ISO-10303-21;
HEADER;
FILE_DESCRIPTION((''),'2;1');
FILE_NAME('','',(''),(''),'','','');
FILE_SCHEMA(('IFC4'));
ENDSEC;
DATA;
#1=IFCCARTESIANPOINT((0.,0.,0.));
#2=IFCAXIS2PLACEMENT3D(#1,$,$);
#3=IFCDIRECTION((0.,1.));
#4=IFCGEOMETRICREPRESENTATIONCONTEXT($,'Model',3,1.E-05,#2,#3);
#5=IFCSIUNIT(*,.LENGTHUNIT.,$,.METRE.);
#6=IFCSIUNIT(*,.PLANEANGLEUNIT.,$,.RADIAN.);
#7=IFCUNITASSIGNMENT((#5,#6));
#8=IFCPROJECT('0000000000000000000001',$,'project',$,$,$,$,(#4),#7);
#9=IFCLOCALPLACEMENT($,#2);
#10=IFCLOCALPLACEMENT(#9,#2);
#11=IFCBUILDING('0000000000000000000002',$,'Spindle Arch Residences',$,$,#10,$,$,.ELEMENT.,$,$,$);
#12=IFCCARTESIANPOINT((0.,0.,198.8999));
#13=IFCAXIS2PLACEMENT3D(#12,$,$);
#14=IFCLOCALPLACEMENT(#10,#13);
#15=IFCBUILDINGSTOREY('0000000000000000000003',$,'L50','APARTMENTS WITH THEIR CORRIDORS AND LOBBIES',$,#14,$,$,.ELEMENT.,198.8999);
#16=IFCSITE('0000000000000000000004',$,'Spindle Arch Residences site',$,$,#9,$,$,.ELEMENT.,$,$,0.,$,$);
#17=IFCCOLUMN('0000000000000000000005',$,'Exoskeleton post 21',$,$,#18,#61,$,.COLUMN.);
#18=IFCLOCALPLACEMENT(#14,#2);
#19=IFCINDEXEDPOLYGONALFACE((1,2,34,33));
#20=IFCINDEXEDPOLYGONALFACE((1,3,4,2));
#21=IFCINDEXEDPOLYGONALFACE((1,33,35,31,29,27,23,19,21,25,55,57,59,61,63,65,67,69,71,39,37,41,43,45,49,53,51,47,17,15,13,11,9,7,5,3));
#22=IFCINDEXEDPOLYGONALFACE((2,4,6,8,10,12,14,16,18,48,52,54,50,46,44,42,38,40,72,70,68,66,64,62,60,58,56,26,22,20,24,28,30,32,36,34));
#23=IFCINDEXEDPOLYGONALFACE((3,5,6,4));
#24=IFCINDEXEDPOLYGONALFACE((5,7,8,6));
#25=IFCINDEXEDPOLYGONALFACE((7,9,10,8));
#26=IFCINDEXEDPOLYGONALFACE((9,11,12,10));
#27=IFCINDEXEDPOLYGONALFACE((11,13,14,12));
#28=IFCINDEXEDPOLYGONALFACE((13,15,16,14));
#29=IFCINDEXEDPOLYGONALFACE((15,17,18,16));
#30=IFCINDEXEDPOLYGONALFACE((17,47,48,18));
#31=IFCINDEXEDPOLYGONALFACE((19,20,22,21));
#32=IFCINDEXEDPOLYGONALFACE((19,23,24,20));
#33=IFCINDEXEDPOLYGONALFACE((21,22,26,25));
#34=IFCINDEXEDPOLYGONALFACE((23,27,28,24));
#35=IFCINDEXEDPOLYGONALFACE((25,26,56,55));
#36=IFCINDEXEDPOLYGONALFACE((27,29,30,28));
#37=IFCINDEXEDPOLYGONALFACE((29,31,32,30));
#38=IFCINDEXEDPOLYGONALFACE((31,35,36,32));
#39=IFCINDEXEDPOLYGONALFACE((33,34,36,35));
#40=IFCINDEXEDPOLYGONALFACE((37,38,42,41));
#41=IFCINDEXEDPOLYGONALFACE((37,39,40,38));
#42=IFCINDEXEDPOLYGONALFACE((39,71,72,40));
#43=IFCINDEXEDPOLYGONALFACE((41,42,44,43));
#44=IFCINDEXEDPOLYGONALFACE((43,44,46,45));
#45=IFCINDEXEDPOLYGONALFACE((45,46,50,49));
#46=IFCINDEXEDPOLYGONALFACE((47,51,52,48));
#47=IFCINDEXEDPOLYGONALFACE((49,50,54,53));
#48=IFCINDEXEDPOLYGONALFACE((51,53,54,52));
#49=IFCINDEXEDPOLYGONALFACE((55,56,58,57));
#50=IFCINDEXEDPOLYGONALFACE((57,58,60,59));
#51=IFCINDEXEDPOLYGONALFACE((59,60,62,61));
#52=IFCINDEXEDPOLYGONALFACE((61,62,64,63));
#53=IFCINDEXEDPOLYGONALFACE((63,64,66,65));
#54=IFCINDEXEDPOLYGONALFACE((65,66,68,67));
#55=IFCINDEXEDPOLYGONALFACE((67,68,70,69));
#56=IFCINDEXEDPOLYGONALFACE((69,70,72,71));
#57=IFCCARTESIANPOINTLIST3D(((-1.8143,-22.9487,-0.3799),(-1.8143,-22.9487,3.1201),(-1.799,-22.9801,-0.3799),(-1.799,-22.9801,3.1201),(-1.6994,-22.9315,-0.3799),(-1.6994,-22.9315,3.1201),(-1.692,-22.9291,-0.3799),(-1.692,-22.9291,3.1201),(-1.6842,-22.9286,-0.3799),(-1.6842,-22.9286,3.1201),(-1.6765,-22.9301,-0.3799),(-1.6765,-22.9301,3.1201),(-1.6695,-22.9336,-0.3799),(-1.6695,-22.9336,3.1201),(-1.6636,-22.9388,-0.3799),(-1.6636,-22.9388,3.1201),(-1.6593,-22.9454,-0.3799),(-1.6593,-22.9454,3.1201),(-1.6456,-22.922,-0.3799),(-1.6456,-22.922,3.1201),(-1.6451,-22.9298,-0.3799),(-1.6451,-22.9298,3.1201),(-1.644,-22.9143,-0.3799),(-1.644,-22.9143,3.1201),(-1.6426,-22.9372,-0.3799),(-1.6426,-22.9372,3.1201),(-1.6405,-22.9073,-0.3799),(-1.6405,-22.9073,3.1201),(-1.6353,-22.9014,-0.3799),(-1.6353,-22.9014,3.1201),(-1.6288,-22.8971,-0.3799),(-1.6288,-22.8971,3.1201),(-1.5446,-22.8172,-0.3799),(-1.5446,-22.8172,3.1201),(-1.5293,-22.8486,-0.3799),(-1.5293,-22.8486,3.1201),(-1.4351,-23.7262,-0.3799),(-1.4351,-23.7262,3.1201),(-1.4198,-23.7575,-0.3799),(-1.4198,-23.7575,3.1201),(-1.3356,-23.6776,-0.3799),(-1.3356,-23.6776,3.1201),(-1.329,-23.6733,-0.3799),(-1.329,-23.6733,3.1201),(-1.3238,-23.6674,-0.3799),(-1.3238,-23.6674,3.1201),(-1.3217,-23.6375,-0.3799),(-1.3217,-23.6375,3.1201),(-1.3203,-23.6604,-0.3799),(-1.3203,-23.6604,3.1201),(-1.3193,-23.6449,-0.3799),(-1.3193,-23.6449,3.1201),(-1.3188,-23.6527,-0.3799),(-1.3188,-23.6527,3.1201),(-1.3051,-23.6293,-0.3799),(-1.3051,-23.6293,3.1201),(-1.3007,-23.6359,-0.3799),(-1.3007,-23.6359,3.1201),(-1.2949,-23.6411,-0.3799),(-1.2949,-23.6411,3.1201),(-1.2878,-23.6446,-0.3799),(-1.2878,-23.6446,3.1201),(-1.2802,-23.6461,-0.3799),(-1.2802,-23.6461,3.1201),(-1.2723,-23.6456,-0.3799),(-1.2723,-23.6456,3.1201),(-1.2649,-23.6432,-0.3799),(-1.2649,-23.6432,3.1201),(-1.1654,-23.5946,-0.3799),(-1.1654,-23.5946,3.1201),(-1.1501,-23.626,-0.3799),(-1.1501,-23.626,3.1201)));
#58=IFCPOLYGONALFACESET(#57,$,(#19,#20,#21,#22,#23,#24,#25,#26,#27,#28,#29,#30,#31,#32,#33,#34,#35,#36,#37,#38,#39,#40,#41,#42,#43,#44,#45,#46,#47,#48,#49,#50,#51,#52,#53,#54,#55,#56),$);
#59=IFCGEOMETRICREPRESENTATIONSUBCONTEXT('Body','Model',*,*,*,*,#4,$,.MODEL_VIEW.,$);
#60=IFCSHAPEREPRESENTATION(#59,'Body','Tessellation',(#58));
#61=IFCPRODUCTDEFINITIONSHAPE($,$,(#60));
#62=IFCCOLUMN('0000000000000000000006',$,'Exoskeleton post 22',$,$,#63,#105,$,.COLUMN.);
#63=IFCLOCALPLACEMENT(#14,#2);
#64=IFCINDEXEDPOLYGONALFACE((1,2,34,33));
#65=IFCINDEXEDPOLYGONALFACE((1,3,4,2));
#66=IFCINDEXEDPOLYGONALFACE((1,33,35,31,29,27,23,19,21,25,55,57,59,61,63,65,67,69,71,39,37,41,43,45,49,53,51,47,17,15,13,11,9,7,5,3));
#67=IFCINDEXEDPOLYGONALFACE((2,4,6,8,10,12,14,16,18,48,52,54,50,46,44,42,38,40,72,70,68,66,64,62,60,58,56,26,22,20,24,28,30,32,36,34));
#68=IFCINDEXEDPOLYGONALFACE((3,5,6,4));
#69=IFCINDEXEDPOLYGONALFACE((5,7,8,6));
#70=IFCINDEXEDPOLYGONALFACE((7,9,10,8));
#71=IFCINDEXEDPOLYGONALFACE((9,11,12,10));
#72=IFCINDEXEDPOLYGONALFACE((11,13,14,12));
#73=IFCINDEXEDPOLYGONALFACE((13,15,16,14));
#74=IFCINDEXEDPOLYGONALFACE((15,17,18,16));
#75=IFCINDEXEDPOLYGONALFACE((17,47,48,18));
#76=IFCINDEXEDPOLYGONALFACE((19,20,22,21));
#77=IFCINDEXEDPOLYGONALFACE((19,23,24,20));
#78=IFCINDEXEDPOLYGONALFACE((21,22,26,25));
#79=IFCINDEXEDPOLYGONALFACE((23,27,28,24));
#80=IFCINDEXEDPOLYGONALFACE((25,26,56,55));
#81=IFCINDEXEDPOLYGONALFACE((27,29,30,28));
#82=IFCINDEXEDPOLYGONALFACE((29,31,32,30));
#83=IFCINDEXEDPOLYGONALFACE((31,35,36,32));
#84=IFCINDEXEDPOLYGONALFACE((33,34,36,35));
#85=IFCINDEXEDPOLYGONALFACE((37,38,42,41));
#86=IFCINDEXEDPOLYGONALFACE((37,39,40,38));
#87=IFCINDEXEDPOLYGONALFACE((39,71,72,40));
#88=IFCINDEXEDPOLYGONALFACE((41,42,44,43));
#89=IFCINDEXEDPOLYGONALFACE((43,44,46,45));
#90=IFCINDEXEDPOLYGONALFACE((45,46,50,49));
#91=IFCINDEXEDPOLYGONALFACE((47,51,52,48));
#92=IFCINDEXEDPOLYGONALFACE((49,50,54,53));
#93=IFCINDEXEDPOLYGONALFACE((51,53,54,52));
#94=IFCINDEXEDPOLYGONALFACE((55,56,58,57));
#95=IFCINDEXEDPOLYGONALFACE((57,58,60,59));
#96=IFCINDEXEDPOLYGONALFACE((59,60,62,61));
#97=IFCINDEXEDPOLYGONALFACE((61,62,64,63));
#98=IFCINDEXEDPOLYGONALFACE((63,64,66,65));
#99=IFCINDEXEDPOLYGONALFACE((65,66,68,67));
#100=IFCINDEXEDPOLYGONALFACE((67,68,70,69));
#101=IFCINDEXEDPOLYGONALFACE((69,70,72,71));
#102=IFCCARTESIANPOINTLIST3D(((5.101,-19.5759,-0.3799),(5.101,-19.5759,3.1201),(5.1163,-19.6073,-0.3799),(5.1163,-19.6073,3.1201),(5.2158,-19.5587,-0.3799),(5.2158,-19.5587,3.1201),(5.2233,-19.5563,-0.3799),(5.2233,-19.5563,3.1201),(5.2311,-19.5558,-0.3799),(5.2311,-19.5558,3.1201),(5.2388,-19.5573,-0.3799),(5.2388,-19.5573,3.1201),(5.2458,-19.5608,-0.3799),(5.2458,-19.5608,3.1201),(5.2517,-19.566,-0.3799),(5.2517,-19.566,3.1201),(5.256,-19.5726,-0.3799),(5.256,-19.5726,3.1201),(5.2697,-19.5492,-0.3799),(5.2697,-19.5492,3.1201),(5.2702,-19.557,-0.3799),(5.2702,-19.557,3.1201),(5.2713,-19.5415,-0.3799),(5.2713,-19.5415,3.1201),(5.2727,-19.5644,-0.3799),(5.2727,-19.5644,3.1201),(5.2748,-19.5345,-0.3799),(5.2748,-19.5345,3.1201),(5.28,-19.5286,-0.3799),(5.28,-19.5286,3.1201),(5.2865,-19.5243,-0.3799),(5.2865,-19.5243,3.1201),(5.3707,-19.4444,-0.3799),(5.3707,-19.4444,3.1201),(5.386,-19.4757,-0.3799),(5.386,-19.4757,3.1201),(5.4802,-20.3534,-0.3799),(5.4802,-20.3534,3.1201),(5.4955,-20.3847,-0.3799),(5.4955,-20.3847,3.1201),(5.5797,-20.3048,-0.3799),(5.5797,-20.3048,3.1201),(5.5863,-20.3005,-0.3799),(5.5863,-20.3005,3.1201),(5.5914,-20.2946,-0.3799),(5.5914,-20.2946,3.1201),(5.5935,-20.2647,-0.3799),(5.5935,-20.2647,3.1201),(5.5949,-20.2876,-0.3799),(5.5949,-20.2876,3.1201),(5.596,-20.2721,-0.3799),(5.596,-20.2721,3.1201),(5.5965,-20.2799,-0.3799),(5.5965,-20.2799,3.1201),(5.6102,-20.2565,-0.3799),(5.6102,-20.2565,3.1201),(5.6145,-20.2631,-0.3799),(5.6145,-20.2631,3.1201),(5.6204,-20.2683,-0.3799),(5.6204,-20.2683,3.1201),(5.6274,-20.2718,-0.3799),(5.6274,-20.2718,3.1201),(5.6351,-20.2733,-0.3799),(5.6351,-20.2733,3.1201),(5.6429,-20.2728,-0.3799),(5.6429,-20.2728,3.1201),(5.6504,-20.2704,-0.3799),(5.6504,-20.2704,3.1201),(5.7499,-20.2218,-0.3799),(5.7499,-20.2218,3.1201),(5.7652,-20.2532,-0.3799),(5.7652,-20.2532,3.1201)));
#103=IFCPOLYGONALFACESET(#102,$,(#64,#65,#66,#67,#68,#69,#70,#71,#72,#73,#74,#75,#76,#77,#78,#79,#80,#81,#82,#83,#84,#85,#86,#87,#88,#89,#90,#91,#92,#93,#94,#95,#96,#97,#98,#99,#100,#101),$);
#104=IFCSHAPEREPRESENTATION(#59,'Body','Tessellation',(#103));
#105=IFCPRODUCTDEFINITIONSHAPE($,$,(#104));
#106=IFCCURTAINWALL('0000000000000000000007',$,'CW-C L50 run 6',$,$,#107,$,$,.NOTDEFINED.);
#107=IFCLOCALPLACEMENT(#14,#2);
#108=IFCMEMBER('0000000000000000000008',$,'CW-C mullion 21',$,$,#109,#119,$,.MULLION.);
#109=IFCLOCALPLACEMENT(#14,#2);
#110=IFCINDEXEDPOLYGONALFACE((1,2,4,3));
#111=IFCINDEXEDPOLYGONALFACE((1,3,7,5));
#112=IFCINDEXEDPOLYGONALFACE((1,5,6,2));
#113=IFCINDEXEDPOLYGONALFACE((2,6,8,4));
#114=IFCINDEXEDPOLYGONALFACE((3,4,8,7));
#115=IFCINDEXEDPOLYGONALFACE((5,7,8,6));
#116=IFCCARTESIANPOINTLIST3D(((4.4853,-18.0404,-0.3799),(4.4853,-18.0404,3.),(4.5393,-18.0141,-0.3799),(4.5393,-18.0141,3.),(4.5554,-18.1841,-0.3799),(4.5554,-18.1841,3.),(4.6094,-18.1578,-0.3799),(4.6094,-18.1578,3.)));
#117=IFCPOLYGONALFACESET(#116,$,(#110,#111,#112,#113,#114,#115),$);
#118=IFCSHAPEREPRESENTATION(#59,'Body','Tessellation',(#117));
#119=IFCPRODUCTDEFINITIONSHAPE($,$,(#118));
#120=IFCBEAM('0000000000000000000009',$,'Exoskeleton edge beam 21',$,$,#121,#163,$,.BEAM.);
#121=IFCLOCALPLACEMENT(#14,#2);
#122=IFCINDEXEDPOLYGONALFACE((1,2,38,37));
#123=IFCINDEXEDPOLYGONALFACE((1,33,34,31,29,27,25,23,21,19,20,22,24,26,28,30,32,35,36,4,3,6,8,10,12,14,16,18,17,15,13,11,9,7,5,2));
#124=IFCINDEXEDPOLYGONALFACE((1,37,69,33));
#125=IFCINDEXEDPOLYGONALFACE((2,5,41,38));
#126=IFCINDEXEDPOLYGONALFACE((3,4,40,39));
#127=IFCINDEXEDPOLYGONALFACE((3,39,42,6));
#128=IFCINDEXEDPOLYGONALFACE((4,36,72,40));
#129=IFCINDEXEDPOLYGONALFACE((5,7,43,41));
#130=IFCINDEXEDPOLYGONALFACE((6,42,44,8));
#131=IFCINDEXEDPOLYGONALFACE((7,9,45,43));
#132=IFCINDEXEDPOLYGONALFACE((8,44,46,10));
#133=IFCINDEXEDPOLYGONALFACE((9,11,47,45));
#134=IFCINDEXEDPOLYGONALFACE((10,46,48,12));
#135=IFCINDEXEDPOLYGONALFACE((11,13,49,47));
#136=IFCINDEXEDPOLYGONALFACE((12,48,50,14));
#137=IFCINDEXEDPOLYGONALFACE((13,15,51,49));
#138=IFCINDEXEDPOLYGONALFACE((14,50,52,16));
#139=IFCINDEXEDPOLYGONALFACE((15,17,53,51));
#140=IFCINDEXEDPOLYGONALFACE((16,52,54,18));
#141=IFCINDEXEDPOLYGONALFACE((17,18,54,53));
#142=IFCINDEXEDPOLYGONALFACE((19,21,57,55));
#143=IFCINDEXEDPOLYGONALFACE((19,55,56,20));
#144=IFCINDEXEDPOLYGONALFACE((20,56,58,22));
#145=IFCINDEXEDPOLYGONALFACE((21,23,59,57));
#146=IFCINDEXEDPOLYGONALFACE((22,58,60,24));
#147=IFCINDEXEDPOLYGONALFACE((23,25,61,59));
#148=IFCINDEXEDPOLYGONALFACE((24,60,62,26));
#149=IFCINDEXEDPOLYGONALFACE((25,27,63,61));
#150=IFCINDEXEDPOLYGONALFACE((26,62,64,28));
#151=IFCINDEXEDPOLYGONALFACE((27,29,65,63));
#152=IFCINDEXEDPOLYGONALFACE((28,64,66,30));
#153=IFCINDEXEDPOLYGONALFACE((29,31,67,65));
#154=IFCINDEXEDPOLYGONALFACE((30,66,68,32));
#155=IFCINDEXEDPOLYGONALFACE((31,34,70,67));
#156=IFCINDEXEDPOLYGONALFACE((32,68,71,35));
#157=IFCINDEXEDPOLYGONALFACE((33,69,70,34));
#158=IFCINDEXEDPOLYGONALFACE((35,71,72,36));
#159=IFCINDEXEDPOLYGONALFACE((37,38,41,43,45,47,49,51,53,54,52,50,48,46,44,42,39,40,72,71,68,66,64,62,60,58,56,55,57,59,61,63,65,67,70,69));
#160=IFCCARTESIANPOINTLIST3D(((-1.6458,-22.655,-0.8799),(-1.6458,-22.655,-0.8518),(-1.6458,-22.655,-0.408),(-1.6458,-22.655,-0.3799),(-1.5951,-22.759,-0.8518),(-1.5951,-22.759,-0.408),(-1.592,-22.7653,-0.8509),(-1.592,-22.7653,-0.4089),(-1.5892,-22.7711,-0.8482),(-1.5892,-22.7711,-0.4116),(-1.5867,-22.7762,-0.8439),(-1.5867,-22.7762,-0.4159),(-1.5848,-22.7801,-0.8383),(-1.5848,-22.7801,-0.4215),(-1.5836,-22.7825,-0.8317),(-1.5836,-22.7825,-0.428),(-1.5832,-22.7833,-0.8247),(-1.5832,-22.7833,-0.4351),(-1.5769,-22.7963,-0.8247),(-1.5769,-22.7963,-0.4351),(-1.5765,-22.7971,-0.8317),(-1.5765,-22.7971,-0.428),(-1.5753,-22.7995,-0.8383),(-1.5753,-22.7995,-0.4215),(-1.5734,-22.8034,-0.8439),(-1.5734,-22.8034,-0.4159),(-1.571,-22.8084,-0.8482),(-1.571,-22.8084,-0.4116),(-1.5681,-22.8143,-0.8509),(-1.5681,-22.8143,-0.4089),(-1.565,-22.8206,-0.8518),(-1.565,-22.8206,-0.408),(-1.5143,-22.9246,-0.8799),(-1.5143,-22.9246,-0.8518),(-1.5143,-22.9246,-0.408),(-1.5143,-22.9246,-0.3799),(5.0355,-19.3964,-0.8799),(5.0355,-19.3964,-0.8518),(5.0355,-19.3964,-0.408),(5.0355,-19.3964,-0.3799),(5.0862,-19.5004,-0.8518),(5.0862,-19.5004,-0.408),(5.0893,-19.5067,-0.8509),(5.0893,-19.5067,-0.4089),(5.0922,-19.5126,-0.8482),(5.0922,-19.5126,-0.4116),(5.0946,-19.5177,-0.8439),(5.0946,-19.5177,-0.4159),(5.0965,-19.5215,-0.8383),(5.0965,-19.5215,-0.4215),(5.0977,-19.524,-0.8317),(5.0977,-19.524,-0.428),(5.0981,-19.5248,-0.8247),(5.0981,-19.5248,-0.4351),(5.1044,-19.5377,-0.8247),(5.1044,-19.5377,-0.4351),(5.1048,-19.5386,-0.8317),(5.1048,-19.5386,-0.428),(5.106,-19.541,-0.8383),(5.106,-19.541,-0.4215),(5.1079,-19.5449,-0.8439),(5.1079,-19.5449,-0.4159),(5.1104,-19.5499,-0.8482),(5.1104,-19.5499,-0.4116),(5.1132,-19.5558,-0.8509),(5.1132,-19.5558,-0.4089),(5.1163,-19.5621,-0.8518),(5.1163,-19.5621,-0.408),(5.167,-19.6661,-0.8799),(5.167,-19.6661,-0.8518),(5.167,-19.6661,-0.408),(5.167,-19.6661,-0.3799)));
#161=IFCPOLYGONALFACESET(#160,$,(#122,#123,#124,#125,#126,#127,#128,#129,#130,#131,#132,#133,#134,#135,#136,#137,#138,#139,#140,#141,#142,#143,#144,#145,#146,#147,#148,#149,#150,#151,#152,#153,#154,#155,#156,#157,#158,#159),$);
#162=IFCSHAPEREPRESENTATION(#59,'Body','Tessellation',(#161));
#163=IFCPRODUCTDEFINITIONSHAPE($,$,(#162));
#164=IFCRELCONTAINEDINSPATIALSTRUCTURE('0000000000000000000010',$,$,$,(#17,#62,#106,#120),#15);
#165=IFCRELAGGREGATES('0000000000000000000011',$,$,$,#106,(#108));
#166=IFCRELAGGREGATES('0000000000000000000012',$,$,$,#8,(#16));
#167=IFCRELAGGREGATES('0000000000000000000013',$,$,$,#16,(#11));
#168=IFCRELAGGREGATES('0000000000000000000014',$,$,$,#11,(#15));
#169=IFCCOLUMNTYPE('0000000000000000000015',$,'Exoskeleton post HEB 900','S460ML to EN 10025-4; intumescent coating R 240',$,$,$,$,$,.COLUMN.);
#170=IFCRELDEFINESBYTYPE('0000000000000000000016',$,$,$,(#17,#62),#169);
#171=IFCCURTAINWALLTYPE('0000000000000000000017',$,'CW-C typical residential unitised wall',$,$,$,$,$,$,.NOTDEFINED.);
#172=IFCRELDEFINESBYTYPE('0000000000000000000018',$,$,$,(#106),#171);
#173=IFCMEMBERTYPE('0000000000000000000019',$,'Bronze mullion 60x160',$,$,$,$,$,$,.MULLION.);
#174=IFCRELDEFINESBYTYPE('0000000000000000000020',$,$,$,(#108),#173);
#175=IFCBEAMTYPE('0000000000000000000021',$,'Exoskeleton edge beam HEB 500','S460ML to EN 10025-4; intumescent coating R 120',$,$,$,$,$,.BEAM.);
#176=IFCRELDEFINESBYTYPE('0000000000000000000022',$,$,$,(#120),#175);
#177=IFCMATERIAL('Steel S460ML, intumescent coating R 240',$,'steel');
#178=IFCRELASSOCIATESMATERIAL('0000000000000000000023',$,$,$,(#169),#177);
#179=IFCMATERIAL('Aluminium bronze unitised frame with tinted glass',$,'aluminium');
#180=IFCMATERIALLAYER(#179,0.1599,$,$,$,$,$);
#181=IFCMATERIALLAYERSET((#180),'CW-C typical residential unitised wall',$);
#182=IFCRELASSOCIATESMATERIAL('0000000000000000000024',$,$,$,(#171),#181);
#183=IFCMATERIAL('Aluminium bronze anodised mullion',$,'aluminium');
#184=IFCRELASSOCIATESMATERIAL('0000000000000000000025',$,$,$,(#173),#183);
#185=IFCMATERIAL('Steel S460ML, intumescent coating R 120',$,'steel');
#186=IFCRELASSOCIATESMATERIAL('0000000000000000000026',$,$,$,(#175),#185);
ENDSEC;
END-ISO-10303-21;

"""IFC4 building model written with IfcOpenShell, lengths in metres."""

from ifc_helpers import new_model, si_unit, direction, frame, origin, origin_2d, place, context, subcontext, project, spatial, rectangle, i_section, extrude, material, layer, layer_set, material_profile, profile_set, type_object, element, aggregate, save


model = new_model("IFC4")

# Units and contexts
model_context = context("Model", 3, precision=1e-05, world=origin(), true_north=direction((0.0, 1.0)))
body_context = subcontext(model_context, "Body", "Model", "MODEL_VIEW")
ifc_project = project(units=[si_unit("LENGTHUNIT", "METRE"), si_unit("PLANEANGLEUNIT", "RADIAN")], contexts=[model_context])

# Site, building, storey
site_placement = place(None, origin())
site = spatial("IfcSite", under=ifc_project, at=site_placement, Name="Spindle Arch Residences site", CompositionType="ELEMENT", RefElevation=0.0)
building_placement = place(site_placement, origin())
building = spatial("IfcBuilding", under=site, at=building_placement, Name="Spindle Arch Residences", CompositionType="ELEMENT")
storey_placement = place(building_placement, frame((0.0, 0.0, 198.8999)))
storey = spatial("IfcBuildingStorey", under=building, at=storey_placement, Name="L50", Description="APARTMENTS WITH THEIR CORRIDORS AND LOBBIES", CompositionType="ELEMENT", Elevation=198.8999)

# Columns
ifc_material_1 = material(Name="Steel S460ML, intumescent coating R 240", Category="steel")
ifc_material_profile_1 = material_profile(ifc_material_1, i_section(OverallWidth=0.3, OverallDepth=0.8999, WebThickness=0.0186, FlangeThickness=0.0349, FilletRadius=0.03, at=origin_2d()), Name="HEB 900")
ifc_profile_set_1 = profile_set([ifc_material_profile_1], Name="Steel S460ML, intumescent coating R 240")
column_type = type_object("IfcColumnType", Name="Exoskeleton post HEB 900", Description="S460ML to EN 10025-4; intumescent coating R 240", PredefinedType="COLUMN", material=ifc_profile_set_1)
for number, where, z_axis, x_axis, name in (
    (1, (-1.4822, -23.2874, -0.3799), (0.0, 0.0, 1.0), (-0.898794, -0.438371, 0.0), "Exoskeleton post 21"),
    (2, (5.4331, -19.9146, -0.3799), (0.0, 0.0, 1.0), (-0.898794, -0.438371, 0.0), "Exoskeleton post 22"),
):
    element("IfcColumn", number, at=place(storey_placement, frame(where, z_axis=z_axis, x_axis=x_axis)), inside=storey, type_object=column_type, Name=name, PredefinedType="COLUMN", context=body_context, shape_type="SweptSolid", body=[
        extrude(i_section(OverallWidth=0.3, OverallDepth=0.8999, WebThickness=0.0186, FlangeThickness=0.0349, FilletRadius=0.03, at=origin_2d()), origin(), (0.0, 0.0, 1.0), 3.5),
    ])

# Curtain wall, member
ifc_material_2 = material(Name="Aluminium bronze unitised frame with tinted glass", Category="aluminium")
ifc_layer_1 = layer(ifc_material_2, 0.1599)
ifc_layer_set_1 = layer_set([ifc_layer_1], Name="CW-C typical residential unitised wall")
curtain_wall_type = type_object("IfcCurtainWallType", Name="CW-C typical residential unitised wall", PredefinedType="NOTDEFINED", material=ifc_layer_set_1)
curtain_wall_placement = place(storey_placement, origin())
curtain_wall = element("IfcCurtainWall", 3, at=curtain_wall_placement, inside=storey, type_object=curtain_wall_type, Name="CW-C L50 run 6", PredefinedType="NOTDEFINED")
ifc_material_3 = material(Name="Aluminium bronze anodised mullion", Category="aluminium")
ifc_material_profile_2 = material_profile(ifc_material_3, rectangle(XDim=0.1599, YDim=0.0601, at=origin_2d()), Name="MU 60x160")
ifc_profile_set_2 = profile_set([ifc_material_profile_2], Name="Aluminium bronze anodised mullion")
member_type = type_object("IfcMemberType", Name="Bronze mullion 60x160", PredefinedType="MULLION", material=ifc_profile_set_2)
member_placement = place(storey_placement, frame((4.5474, -18.0991, -0.3799), z_axis=(0.0, 0.0, 1.0), x_axis=(-0.438371, 0.898794, 0.0)))
member = element("IfcMember", 4, at=member_placement, type_object=member_type, Name="CW-C mullion 21", PredefinedType="MULLION", context=body_context, shape_type="SweptSolid", body=[
    extrude(rectangle(XDim=0.1599, YDim=0.0601, at=origin_2d()), origin(), (0.0, 0.0, 1.0), 3.3799),
])

# Beam
ifc_material_4 = material(Name="Steel S460ML, intumescent coating R 120", Category="steel")
ifc_material_profile_3 = material_profile(ifc_material_4, i_section(OverallWidth=0.3, OverallDepth=0.5, WebThickness=0.0144, FlangeThickness=0.0281, FilletRadius=0.0271, at=origin_2d()), Name="HEB 500")
ifc_profile_set_3 = profile_set([ifc_material_profile_3], Name="Steel S460ML, intumescent coating R 120")
beam_type_1 = type_object("IfcBeamType", Name="Exoskeleton edge beam HEB 500", Description="S460ML to EN 10025-4; intumescent coating R 120", PredefinedType="BEAM", material=ifc_profile_set_3)
beam_1_placement = place(storey_placement, frame((-1.5801, -22.7898, -0.6299), z_axis=(0.898804, 0.438351, 0.0), x_axis=(-0.438351, 0.898804, 0.0)))
element("IfcBeam", 5, at=beam_1_placement, inside=storey, type_object=beam_type_1, Name="Exoskeleton edge beam 21", PredefinedType="BEAM", context=body_context, shape_type="SweptSolid", body=[
    extrude(i_section(OverallWidth=0.3, OverallDepth=0.5, WebThickness=0.0144, FlangeThickness=0.0281, FilletRadius=0.0271, at=origin_2d()), origin(), (0.0, 0.0, 1.0), 7.4336),
])

aggregate(curtain_wall, [member])

save(model, "model.ifc")
